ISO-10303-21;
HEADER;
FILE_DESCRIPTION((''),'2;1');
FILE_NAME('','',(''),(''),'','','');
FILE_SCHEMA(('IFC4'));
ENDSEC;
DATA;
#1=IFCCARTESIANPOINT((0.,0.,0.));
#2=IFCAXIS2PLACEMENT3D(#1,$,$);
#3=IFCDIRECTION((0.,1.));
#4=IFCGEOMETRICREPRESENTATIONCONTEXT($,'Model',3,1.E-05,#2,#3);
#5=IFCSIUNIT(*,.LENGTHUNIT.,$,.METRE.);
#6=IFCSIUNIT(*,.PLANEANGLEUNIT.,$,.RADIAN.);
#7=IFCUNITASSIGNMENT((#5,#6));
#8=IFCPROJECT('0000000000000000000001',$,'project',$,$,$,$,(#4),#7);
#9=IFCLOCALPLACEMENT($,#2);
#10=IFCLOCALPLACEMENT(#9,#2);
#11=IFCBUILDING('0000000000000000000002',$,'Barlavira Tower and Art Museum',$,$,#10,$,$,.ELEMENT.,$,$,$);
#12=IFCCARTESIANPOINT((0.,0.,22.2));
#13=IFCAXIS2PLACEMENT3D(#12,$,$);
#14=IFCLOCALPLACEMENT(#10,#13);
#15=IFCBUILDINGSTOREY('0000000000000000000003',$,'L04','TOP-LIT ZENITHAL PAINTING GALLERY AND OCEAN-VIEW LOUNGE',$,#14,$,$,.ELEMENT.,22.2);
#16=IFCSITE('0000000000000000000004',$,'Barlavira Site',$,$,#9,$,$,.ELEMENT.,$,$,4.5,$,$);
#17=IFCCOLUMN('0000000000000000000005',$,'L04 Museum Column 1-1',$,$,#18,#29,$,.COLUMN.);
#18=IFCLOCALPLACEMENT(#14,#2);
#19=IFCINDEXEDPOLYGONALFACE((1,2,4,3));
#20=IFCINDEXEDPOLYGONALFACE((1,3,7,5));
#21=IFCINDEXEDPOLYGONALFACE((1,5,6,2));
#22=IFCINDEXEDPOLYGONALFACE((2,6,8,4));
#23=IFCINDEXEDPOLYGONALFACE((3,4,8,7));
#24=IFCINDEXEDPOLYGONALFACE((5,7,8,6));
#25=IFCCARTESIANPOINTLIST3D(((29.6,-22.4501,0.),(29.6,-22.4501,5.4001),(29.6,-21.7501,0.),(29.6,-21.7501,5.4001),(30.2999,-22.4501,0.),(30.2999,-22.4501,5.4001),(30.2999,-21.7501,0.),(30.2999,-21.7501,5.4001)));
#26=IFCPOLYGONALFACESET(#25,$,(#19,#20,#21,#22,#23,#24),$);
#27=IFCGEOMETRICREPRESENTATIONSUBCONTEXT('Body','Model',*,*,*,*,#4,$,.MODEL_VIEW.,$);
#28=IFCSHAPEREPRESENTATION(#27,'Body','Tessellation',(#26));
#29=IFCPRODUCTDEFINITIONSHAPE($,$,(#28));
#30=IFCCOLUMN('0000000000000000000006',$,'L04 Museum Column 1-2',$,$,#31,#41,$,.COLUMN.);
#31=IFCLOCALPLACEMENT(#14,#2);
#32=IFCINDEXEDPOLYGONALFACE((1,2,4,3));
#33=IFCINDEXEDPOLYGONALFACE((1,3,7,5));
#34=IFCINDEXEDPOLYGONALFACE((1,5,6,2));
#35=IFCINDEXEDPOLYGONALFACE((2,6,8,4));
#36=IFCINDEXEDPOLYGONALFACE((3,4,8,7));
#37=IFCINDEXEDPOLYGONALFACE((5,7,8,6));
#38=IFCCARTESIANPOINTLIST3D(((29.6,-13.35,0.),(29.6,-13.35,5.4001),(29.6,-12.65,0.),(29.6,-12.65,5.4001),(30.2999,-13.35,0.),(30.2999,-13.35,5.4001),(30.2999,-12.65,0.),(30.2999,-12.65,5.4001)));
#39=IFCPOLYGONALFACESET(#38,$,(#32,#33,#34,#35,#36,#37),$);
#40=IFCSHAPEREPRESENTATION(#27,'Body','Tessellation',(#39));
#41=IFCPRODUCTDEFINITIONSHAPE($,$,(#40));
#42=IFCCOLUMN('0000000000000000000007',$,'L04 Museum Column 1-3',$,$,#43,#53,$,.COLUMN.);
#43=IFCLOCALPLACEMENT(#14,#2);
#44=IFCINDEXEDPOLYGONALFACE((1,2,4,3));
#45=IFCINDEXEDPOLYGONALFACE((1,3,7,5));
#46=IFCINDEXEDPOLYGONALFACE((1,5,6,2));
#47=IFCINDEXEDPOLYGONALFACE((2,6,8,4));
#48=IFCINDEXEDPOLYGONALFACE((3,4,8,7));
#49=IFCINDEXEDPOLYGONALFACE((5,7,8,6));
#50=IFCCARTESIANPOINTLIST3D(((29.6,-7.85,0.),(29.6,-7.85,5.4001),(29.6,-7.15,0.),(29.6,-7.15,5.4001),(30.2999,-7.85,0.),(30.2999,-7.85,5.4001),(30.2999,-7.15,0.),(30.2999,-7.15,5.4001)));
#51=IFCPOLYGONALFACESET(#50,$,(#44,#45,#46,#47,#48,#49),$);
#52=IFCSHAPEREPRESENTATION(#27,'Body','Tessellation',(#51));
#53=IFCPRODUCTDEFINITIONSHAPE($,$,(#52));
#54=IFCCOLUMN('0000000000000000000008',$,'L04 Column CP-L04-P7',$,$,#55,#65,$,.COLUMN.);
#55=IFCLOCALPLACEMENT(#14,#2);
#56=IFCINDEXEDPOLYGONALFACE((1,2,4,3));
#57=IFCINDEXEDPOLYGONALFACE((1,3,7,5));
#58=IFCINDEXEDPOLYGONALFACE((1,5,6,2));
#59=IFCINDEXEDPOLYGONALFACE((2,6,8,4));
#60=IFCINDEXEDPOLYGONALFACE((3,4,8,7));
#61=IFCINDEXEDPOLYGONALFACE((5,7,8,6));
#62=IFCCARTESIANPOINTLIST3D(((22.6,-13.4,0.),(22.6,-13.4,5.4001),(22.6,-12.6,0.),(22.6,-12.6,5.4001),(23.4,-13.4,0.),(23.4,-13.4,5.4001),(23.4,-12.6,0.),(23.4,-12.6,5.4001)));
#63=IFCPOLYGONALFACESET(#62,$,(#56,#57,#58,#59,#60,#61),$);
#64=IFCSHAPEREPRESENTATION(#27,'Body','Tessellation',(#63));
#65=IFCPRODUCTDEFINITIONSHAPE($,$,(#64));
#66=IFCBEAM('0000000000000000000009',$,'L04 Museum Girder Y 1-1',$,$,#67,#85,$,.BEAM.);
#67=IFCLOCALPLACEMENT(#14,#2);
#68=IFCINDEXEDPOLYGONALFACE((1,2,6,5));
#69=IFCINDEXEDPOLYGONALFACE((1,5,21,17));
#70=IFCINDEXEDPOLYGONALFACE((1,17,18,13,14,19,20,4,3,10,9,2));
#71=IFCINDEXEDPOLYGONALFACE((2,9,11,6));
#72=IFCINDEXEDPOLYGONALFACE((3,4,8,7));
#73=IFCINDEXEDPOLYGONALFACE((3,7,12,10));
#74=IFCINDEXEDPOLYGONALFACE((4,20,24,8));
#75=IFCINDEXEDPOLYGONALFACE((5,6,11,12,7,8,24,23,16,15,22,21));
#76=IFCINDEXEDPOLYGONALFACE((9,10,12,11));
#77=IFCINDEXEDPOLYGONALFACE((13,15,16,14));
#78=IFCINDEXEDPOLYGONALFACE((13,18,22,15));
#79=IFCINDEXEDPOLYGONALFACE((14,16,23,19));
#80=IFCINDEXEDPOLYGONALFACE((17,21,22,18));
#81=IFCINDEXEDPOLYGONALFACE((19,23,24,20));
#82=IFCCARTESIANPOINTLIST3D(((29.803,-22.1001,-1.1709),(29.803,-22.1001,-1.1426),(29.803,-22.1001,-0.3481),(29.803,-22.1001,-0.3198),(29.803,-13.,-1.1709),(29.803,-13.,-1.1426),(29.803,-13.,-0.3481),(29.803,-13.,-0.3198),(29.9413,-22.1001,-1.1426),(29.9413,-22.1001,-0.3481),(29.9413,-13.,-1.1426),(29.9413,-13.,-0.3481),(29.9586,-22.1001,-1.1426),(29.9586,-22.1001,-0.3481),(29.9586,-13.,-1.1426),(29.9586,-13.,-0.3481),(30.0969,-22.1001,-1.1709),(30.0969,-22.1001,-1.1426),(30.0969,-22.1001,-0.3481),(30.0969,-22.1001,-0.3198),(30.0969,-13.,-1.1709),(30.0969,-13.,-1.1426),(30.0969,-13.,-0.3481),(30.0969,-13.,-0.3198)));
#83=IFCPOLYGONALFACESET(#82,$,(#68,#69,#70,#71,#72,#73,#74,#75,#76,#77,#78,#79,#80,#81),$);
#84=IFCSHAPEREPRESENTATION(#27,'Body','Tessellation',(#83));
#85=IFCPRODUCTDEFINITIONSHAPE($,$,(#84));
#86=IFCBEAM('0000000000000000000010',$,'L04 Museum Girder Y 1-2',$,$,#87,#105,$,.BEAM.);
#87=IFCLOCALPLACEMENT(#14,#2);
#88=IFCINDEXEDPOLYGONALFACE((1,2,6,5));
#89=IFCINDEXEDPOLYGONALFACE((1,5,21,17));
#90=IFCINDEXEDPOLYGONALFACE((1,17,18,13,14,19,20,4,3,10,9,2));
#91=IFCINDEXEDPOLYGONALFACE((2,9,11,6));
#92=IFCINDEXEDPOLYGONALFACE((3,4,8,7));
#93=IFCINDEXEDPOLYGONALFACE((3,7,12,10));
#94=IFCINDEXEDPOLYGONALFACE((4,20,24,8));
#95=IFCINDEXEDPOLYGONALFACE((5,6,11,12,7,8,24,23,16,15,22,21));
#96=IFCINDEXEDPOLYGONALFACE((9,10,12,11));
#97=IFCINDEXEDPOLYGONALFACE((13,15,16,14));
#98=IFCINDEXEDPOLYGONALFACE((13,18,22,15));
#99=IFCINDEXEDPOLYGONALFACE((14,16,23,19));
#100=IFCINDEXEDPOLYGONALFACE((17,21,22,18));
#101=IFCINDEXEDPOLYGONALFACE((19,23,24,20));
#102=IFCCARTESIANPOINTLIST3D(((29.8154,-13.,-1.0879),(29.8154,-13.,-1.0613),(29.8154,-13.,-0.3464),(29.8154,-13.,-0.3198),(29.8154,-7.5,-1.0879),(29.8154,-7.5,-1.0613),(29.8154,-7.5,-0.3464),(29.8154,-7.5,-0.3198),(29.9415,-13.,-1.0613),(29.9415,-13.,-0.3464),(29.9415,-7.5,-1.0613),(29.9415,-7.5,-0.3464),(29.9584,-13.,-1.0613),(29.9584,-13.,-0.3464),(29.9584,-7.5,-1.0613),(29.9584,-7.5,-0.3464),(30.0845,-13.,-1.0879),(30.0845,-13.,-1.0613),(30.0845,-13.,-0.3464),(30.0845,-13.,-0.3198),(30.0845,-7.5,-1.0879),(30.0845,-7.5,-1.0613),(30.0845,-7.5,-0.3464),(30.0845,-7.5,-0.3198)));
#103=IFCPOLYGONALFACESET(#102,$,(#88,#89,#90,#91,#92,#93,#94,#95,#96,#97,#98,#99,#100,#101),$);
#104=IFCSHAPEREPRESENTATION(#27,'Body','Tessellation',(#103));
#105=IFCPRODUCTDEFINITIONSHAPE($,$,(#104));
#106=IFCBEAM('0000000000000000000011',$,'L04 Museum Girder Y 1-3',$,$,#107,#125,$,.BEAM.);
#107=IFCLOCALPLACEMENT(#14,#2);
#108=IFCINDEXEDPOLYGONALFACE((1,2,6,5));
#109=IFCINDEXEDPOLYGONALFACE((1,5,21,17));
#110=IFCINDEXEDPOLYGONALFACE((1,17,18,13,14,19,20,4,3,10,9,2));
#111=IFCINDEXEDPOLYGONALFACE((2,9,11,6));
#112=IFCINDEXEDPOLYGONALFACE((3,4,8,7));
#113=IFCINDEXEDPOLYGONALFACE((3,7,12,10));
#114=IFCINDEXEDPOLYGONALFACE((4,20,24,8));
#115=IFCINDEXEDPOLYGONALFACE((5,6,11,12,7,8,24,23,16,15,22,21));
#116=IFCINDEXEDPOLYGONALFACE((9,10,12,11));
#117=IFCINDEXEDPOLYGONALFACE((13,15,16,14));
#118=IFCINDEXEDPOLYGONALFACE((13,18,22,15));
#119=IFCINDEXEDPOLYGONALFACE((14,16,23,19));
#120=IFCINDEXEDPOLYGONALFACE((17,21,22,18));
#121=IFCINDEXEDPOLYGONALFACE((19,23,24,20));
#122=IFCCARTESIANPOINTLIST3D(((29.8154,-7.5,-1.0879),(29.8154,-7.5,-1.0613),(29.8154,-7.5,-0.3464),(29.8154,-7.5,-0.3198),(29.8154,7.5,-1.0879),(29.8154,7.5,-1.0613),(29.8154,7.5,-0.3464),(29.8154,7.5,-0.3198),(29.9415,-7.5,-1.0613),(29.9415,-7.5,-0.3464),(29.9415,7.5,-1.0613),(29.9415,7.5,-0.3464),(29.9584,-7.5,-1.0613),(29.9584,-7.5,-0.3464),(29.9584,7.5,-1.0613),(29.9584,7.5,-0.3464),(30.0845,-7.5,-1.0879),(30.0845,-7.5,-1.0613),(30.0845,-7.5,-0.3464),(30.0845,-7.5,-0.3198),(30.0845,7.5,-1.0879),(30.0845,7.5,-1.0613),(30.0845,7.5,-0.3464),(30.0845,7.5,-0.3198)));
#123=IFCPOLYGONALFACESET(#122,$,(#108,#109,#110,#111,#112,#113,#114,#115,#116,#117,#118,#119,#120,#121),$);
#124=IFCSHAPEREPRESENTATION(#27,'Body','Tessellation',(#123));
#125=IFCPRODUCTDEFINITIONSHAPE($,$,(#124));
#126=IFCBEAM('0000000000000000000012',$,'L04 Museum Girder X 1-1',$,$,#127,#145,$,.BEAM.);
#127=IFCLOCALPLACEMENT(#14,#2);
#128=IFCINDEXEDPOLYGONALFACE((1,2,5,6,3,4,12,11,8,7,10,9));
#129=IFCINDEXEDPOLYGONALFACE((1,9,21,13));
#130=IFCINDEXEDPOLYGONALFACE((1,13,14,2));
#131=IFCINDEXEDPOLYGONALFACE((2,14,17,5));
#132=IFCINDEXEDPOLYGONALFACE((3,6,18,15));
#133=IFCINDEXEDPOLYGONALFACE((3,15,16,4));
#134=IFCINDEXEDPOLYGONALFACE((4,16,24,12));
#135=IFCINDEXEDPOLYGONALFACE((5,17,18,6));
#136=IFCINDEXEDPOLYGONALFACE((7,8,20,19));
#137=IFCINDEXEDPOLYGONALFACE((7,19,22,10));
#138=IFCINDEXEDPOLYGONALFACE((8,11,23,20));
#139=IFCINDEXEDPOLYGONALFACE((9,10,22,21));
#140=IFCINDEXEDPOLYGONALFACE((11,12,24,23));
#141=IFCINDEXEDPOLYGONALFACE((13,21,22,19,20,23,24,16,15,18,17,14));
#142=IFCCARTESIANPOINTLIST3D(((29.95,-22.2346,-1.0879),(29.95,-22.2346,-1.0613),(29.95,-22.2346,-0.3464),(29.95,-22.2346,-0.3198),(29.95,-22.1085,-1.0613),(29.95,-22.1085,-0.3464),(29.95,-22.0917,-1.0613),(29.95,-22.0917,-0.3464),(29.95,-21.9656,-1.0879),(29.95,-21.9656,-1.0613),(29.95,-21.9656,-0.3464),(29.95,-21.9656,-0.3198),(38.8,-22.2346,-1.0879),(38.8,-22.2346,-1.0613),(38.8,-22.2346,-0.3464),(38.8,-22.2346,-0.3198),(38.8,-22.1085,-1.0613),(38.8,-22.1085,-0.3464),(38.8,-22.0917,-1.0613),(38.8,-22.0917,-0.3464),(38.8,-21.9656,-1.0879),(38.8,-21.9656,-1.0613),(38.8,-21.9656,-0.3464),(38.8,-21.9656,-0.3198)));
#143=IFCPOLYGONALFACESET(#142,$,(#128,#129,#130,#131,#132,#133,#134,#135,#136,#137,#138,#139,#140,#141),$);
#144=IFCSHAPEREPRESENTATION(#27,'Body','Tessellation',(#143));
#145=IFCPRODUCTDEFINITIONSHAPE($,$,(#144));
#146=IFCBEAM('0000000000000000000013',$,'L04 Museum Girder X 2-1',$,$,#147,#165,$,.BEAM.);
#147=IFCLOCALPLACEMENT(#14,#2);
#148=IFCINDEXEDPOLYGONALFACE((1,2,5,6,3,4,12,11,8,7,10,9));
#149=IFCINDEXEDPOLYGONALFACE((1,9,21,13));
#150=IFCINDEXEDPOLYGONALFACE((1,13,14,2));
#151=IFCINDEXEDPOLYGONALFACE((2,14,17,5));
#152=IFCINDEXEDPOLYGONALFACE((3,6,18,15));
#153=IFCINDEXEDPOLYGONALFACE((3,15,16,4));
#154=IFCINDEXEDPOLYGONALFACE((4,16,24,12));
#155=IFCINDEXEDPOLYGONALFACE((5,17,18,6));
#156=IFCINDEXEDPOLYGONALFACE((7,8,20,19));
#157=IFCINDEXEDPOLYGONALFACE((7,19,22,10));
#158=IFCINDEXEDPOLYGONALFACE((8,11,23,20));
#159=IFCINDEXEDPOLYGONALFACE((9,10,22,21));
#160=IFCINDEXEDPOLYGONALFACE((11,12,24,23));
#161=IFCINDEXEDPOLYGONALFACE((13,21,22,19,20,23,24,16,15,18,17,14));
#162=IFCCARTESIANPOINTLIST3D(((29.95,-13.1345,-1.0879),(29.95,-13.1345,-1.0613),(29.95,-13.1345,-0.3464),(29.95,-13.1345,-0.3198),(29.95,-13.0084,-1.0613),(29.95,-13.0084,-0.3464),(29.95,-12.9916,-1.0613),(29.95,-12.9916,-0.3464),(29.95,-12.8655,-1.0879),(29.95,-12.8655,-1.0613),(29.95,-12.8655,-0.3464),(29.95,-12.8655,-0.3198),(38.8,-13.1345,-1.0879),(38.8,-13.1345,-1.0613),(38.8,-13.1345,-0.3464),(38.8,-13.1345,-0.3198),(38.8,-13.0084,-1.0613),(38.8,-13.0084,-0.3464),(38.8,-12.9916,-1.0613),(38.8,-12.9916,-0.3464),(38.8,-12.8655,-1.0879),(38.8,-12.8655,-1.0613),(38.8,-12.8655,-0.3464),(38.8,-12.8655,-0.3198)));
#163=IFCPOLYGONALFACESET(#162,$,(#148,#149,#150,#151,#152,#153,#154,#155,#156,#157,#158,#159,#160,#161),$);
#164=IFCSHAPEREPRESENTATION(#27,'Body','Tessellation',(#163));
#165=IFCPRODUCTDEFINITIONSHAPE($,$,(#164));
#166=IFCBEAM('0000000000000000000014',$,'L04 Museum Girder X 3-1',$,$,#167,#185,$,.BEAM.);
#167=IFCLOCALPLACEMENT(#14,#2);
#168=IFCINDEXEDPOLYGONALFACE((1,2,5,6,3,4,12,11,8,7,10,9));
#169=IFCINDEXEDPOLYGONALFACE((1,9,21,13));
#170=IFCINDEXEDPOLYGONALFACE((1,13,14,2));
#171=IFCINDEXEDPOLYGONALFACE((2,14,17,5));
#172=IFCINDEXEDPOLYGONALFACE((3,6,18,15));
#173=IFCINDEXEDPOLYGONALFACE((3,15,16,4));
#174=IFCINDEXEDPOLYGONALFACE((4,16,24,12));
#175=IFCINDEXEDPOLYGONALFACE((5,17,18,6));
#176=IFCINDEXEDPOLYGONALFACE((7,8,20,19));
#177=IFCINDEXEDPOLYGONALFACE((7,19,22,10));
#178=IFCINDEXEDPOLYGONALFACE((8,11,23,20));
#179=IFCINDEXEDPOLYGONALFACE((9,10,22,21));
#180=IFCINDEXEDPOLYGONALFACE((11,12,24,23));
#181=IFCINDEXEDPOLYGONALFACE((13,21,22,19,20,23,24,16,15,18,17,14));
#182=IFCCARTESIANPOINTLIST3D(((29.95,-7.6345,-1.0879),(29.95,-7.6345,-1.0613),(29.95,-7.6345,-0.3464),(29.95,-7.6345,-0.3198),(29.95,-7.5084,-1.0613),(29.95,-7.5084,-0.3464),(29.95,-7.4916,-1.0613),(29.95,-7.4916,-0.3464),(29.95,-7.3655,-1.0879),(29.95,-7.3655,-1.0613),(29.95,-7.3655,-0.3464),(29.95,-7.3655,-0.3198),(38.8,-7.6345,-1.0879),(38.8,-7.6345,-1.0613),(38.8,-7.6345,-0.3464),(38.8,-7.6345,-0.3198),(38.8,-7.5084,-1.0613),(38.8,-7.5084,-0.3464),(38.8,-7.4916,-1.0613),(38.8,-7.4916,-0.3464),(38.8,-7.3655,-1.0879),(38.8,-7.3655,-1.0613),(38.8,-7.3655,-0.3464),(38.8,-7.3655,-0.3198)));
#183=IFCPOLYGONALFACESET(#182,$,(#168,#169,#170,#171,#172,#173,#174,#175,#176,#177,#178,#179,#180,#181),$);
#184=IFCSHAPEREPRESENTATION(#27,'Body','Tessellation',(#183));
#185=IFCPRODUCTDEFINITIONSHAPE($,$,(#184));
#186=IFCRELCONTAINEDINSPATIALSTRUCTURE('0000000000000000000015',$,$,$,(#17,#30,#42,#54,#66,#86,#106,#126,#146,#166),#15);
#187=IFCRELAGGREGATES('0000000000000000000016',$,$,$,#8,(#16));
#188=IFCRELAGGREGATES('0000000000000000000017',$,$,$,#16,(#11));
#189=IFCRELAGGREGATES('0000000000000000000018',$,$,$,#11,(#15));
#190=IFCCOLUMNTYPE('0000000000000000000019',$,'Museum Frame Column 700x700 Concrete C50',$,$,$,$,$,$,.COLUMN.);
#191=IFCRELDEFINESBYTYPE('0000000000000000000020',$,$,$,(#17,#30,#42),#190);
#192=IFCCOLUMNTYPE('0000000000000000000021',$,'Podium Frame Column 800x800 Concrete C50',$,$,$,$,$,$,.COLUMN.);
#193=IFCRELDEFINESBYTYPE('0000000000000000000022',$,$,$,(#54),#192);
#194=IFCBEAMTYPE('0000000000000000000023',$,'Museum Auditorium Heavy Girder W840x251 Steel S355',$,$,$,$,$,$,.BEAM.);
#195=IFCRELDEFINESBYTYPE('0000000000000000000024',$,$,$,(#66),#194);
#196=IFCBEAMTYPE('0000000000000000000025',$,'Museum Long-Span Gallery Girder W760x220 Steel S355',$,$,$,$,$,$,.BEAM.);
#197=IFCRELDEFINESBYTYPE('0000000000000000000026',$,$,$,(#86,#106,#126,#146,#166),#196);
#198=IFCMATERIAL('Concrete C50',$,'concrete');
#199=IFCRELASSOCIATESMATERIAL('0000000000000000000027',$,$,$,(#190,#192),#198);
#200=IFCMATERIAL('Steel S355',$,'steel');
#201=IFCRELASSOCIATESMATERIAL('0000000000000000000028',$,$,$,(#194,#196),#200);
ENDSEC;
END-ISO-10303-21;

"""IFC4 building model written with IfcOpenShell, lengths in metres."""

from ifc_helpers import new_model, si_unit, direction, frame, origin, origin_2d, place, context, subcontext, project, spatial, rectangle, i_section, extrude, material, material_profile, profile_set, type_object, element, save


model = new_model("IFC4")

# Units and contexts
model_context = context("Model", 3, precision=1e-05, world=origin(), true_north=direction((0.0, 1.0)))
body_context = subcontext(model_context, "Body", "Model", "MODEL_VIEW")
ifc_project = project(units=[si_unit("LENGTHUNIT", "METRE"), si_unit("PLANEANGLEUNIT", "RADIAN")], contexts=[model_context])

# Site, building, storey
site_placement = place(None, origin())
site = spatial("IfcSite", under=ifc_project, at=site_placement, Name="Barlavira Site", CompositionType="ELEMENT", RefElevation=4.5)
building_placement = place(site_placement, origin())
building = spatial("IfcBuilding", under=site, at=building_placement, Name="Barlavira Tower and Art Museum", CompositionType="ELEMENT")
storey_placement = place(building_placement, frame((0.0, 0.0, 22.2)))
storey = spatial("IfcBuildingStorey", under=building, at=storey_placement, Name="L04", Description="TOP-LIT ZENITHAL PAINTING GALLERY AND OCEAN-VIEW LOUNGE", CompositionType="ELEMENT", Elevation=22.2)

# Columns
ifc_material_1 = material(Name="Concrete C50", Category="concrete")
ifc_material_profile_1 = material_profile(ifc_material_1, rectangle(XDim=0.7, YDim=0.7, at=origin_2d()), Name="RC-COL 700x700")
ifc_profile_set_1 = profile_set([ifc_material_profile_1], Name="Concrete C50")
column_type_1 = type_object("IfcColumnType", Name="Museum Frame Column 700x700 Concrete C50", PredefinedType="COLUMN", material=ifc_profile_set_1)
for number, where, z_axis, x_axis, name in (
    (1, (29.95, -22.1001, 0.0), (0.0, 0.0, 1.0), (1.0, 0.0, 0.0), "L04 Museum Column 1-1"),
    (2, (29.95, -13.0, 0.0), (0.0, 0.0, 1.0), (1.0, 0.0, 0.0), "L04 Museum Column 1-2"),
    (3, (29.95, -7.5, 0.0), (0.0, 0.0, 1.0), (1.0, 0.0, 0.0), "L04 Museum Column 1-3"),
):
    element("IfcColumn", number, at=place(storey_placement, frame(where, z_axis=z_axis, x_axis=x_axis)), inside=storey, type_object=column_type_1, Name=name, PredefinedType="COLUMN", context=body_context, shape_type="SweptSolid", body=[
        extrude(rectangle(XDim=0.7, YDim=0.7, at=origin_2d()), origin(), (0.0, 0.0, 1.0), 5.4001),
    ])
ifc_material_profile_2 = material_profile(ifc_material_1, rectangle(XDim=0.8, YDim=0.8, at=origin_2d()), Name="RC-COL 800x800")
ifc_profile_set_2 = profile_set([ifc_material_profile_2], Name="Concrete C50")
column_type_2 = type_object("IfcColumnType", Name="Podium Frame Column 800x800 Concrete C50", PredefinedType="COLUMN", material=ifc_profile_set_2)
column_placement = place(storey_placement, frame((23.0, -13.0, 0.0), z_axis=(0.0, 0.0, 1.0), x_axis=(1.0, 0.0, 0.0)))
element("IfcColumn", 4, at=column_placement, inside=storey, type_object=column_type_2, Name="L04 Column CP-L04-P7", PredefinedType="COLUMN", context=body_context, shape_type="SweptSolid", body=[
    extrude(rectangle(XDim=0.8, YDim=0.8, at=origin_2d()), origin(), (0.0, 0.0, 1.0), 5.4001),
])

# Beams
ifc_material_2 = material(Name="Steel S355", Category="steel")
ifc_material_profile_3 = material_profile(ifc_material_2, i_section(OverallWidth=0.2939, OverallDepth=0.8511, WebThickness=0.0173, FlangeThickness=0.0283, at=origin_2d()), Name="W840x251.0")
ifc_profile_set_3 = profile_set([ifc_material_profile_3], Name="Steel S355")
beam_type_1 = type_object("IfcBeamType", Name="Museum Auditorium Heavy Girder W840x251 Steel S355", PredefinedType="BEAM", material=ifc_profile_set_3)
beam_1_placement = place(storey_placement, frame((29.95, -22.1001, -0.7454), z_axis=(0.0, 1.0, 0.0), x_axis=(-1.0, 0.0, 0.0)))
element("IfcBeam", 5, at=beam_1_placement, inside=storey, type_object=beam_type_1, Name="L04 Museum Girder Y 1-1", PredefinedType="BEAM", context=body_context, shape_type="SweptSolid", body=[
    extrude(i_section(OverallWidth=0.2939, OverallDepth=0.8511, WebThickness=0.0173, FlangeThickness=0.0283, at=origin_2d()), origin(), (0.0, 0.0, 1.0), 9.1001),
])
ifc_material_profile_4 = material_profile(ifc_material_2, i_section(OverallWidth=0.269, OverallDepth=0.7681, WebThickness=0.0168, FlangeThickness=0.0266, at=origin_2d()), Name="W760x220.0")
ifc_profile_set_4 = profile_set([ifc_material_profile_4], Name="Steel S355")
beam_type_2 = type_object("IfcBeamType", Name="Museum Long-Span Gallery Girder W760x220 Steel S355", PredefinedType="BEAM", material=ifc_profile_set_4)
beam_2_placement = place(storey_placement, frame((29.95, -13.0, -0.7039), z_axis=(0.0, 1.0, 0.0), x_axis=(-1.0, 0.0, 0.0)))
element("IfcBeam", 6, at=beam_2_placement, inside=storey, type_object=beam_type_2, Name="L04 Museum Girder Y 1-2", PredefinedType="BEAM", context=body_context, shape_type="SweptSolid", body=[
    extrude(i_section(OverallWidth=0.269, OverallDepth=0.7681, WebThickness=0.0168, FlangeThickness=0.0266, at=origin_2d()), origin(), (0.0, 0.0, 1.0), 5.5),
])
beam_3_placement = place(storey_placement, frame((29.95, -7.5, -0.7039), z_axis=(0.0, 1.0, 0.0), x_axis=(-1.0, 0.0, 0.0)))
element("IfcBeam", 7, at=beam_3_placement, inside=storey, type_object=beam_type_2, Name="L04 Museum Girder Y 1-3", PredefinedType="BEAM", context=body_context, shape_type="SweptSolid", body=[
    extrude(i_section(OverallWidth=0.269, OverallDepth=0.7681, WebThickness=0.0168, FlangeThickness=0.0266, at=origin_2d()), origin(), (0.0, 0.0, 1.0), 15.0),
])
for number, where, z_axis, x_axis, name in (
    (8, (29.95, -22.1001, -0.7039), (1.0, 0.0, 0.0), (0.0, 1.0, 0.0), "L04 Museum Girder X 1-1"),
    (9, (29.95, -13.0, -0.7039), (1.0, 0.0, 0.0), (0.0, 1.0, 0.0), "L04 Museum Girder X 2-1"),
    (10, (29.95, -7.5, -0.7039), (1.0, 0.0, 0.0), (0.0, 1.0, 0.0), "L04 Museum Girder X 3-1"),
):
    element("IfcBeam", number, at=place(storey_placement, frame(where, z_axis=z_axis, x_axis=x_axis)), inside=storey, type_object=beam_type_2, Name=name, PredefinedType="BEAM", context=body_context, shape_type="SweptSolid", body=[
        extrude(i_section(OverallWidth=0.269, OverallDepth=0.7681, WebThickness=0.0168, FlangeThickness=0.0266, at=origin_2d()), origin(), (0.0, 0.0, 1.0), 8.8501),
    ])

save(model, "model.ifc")
